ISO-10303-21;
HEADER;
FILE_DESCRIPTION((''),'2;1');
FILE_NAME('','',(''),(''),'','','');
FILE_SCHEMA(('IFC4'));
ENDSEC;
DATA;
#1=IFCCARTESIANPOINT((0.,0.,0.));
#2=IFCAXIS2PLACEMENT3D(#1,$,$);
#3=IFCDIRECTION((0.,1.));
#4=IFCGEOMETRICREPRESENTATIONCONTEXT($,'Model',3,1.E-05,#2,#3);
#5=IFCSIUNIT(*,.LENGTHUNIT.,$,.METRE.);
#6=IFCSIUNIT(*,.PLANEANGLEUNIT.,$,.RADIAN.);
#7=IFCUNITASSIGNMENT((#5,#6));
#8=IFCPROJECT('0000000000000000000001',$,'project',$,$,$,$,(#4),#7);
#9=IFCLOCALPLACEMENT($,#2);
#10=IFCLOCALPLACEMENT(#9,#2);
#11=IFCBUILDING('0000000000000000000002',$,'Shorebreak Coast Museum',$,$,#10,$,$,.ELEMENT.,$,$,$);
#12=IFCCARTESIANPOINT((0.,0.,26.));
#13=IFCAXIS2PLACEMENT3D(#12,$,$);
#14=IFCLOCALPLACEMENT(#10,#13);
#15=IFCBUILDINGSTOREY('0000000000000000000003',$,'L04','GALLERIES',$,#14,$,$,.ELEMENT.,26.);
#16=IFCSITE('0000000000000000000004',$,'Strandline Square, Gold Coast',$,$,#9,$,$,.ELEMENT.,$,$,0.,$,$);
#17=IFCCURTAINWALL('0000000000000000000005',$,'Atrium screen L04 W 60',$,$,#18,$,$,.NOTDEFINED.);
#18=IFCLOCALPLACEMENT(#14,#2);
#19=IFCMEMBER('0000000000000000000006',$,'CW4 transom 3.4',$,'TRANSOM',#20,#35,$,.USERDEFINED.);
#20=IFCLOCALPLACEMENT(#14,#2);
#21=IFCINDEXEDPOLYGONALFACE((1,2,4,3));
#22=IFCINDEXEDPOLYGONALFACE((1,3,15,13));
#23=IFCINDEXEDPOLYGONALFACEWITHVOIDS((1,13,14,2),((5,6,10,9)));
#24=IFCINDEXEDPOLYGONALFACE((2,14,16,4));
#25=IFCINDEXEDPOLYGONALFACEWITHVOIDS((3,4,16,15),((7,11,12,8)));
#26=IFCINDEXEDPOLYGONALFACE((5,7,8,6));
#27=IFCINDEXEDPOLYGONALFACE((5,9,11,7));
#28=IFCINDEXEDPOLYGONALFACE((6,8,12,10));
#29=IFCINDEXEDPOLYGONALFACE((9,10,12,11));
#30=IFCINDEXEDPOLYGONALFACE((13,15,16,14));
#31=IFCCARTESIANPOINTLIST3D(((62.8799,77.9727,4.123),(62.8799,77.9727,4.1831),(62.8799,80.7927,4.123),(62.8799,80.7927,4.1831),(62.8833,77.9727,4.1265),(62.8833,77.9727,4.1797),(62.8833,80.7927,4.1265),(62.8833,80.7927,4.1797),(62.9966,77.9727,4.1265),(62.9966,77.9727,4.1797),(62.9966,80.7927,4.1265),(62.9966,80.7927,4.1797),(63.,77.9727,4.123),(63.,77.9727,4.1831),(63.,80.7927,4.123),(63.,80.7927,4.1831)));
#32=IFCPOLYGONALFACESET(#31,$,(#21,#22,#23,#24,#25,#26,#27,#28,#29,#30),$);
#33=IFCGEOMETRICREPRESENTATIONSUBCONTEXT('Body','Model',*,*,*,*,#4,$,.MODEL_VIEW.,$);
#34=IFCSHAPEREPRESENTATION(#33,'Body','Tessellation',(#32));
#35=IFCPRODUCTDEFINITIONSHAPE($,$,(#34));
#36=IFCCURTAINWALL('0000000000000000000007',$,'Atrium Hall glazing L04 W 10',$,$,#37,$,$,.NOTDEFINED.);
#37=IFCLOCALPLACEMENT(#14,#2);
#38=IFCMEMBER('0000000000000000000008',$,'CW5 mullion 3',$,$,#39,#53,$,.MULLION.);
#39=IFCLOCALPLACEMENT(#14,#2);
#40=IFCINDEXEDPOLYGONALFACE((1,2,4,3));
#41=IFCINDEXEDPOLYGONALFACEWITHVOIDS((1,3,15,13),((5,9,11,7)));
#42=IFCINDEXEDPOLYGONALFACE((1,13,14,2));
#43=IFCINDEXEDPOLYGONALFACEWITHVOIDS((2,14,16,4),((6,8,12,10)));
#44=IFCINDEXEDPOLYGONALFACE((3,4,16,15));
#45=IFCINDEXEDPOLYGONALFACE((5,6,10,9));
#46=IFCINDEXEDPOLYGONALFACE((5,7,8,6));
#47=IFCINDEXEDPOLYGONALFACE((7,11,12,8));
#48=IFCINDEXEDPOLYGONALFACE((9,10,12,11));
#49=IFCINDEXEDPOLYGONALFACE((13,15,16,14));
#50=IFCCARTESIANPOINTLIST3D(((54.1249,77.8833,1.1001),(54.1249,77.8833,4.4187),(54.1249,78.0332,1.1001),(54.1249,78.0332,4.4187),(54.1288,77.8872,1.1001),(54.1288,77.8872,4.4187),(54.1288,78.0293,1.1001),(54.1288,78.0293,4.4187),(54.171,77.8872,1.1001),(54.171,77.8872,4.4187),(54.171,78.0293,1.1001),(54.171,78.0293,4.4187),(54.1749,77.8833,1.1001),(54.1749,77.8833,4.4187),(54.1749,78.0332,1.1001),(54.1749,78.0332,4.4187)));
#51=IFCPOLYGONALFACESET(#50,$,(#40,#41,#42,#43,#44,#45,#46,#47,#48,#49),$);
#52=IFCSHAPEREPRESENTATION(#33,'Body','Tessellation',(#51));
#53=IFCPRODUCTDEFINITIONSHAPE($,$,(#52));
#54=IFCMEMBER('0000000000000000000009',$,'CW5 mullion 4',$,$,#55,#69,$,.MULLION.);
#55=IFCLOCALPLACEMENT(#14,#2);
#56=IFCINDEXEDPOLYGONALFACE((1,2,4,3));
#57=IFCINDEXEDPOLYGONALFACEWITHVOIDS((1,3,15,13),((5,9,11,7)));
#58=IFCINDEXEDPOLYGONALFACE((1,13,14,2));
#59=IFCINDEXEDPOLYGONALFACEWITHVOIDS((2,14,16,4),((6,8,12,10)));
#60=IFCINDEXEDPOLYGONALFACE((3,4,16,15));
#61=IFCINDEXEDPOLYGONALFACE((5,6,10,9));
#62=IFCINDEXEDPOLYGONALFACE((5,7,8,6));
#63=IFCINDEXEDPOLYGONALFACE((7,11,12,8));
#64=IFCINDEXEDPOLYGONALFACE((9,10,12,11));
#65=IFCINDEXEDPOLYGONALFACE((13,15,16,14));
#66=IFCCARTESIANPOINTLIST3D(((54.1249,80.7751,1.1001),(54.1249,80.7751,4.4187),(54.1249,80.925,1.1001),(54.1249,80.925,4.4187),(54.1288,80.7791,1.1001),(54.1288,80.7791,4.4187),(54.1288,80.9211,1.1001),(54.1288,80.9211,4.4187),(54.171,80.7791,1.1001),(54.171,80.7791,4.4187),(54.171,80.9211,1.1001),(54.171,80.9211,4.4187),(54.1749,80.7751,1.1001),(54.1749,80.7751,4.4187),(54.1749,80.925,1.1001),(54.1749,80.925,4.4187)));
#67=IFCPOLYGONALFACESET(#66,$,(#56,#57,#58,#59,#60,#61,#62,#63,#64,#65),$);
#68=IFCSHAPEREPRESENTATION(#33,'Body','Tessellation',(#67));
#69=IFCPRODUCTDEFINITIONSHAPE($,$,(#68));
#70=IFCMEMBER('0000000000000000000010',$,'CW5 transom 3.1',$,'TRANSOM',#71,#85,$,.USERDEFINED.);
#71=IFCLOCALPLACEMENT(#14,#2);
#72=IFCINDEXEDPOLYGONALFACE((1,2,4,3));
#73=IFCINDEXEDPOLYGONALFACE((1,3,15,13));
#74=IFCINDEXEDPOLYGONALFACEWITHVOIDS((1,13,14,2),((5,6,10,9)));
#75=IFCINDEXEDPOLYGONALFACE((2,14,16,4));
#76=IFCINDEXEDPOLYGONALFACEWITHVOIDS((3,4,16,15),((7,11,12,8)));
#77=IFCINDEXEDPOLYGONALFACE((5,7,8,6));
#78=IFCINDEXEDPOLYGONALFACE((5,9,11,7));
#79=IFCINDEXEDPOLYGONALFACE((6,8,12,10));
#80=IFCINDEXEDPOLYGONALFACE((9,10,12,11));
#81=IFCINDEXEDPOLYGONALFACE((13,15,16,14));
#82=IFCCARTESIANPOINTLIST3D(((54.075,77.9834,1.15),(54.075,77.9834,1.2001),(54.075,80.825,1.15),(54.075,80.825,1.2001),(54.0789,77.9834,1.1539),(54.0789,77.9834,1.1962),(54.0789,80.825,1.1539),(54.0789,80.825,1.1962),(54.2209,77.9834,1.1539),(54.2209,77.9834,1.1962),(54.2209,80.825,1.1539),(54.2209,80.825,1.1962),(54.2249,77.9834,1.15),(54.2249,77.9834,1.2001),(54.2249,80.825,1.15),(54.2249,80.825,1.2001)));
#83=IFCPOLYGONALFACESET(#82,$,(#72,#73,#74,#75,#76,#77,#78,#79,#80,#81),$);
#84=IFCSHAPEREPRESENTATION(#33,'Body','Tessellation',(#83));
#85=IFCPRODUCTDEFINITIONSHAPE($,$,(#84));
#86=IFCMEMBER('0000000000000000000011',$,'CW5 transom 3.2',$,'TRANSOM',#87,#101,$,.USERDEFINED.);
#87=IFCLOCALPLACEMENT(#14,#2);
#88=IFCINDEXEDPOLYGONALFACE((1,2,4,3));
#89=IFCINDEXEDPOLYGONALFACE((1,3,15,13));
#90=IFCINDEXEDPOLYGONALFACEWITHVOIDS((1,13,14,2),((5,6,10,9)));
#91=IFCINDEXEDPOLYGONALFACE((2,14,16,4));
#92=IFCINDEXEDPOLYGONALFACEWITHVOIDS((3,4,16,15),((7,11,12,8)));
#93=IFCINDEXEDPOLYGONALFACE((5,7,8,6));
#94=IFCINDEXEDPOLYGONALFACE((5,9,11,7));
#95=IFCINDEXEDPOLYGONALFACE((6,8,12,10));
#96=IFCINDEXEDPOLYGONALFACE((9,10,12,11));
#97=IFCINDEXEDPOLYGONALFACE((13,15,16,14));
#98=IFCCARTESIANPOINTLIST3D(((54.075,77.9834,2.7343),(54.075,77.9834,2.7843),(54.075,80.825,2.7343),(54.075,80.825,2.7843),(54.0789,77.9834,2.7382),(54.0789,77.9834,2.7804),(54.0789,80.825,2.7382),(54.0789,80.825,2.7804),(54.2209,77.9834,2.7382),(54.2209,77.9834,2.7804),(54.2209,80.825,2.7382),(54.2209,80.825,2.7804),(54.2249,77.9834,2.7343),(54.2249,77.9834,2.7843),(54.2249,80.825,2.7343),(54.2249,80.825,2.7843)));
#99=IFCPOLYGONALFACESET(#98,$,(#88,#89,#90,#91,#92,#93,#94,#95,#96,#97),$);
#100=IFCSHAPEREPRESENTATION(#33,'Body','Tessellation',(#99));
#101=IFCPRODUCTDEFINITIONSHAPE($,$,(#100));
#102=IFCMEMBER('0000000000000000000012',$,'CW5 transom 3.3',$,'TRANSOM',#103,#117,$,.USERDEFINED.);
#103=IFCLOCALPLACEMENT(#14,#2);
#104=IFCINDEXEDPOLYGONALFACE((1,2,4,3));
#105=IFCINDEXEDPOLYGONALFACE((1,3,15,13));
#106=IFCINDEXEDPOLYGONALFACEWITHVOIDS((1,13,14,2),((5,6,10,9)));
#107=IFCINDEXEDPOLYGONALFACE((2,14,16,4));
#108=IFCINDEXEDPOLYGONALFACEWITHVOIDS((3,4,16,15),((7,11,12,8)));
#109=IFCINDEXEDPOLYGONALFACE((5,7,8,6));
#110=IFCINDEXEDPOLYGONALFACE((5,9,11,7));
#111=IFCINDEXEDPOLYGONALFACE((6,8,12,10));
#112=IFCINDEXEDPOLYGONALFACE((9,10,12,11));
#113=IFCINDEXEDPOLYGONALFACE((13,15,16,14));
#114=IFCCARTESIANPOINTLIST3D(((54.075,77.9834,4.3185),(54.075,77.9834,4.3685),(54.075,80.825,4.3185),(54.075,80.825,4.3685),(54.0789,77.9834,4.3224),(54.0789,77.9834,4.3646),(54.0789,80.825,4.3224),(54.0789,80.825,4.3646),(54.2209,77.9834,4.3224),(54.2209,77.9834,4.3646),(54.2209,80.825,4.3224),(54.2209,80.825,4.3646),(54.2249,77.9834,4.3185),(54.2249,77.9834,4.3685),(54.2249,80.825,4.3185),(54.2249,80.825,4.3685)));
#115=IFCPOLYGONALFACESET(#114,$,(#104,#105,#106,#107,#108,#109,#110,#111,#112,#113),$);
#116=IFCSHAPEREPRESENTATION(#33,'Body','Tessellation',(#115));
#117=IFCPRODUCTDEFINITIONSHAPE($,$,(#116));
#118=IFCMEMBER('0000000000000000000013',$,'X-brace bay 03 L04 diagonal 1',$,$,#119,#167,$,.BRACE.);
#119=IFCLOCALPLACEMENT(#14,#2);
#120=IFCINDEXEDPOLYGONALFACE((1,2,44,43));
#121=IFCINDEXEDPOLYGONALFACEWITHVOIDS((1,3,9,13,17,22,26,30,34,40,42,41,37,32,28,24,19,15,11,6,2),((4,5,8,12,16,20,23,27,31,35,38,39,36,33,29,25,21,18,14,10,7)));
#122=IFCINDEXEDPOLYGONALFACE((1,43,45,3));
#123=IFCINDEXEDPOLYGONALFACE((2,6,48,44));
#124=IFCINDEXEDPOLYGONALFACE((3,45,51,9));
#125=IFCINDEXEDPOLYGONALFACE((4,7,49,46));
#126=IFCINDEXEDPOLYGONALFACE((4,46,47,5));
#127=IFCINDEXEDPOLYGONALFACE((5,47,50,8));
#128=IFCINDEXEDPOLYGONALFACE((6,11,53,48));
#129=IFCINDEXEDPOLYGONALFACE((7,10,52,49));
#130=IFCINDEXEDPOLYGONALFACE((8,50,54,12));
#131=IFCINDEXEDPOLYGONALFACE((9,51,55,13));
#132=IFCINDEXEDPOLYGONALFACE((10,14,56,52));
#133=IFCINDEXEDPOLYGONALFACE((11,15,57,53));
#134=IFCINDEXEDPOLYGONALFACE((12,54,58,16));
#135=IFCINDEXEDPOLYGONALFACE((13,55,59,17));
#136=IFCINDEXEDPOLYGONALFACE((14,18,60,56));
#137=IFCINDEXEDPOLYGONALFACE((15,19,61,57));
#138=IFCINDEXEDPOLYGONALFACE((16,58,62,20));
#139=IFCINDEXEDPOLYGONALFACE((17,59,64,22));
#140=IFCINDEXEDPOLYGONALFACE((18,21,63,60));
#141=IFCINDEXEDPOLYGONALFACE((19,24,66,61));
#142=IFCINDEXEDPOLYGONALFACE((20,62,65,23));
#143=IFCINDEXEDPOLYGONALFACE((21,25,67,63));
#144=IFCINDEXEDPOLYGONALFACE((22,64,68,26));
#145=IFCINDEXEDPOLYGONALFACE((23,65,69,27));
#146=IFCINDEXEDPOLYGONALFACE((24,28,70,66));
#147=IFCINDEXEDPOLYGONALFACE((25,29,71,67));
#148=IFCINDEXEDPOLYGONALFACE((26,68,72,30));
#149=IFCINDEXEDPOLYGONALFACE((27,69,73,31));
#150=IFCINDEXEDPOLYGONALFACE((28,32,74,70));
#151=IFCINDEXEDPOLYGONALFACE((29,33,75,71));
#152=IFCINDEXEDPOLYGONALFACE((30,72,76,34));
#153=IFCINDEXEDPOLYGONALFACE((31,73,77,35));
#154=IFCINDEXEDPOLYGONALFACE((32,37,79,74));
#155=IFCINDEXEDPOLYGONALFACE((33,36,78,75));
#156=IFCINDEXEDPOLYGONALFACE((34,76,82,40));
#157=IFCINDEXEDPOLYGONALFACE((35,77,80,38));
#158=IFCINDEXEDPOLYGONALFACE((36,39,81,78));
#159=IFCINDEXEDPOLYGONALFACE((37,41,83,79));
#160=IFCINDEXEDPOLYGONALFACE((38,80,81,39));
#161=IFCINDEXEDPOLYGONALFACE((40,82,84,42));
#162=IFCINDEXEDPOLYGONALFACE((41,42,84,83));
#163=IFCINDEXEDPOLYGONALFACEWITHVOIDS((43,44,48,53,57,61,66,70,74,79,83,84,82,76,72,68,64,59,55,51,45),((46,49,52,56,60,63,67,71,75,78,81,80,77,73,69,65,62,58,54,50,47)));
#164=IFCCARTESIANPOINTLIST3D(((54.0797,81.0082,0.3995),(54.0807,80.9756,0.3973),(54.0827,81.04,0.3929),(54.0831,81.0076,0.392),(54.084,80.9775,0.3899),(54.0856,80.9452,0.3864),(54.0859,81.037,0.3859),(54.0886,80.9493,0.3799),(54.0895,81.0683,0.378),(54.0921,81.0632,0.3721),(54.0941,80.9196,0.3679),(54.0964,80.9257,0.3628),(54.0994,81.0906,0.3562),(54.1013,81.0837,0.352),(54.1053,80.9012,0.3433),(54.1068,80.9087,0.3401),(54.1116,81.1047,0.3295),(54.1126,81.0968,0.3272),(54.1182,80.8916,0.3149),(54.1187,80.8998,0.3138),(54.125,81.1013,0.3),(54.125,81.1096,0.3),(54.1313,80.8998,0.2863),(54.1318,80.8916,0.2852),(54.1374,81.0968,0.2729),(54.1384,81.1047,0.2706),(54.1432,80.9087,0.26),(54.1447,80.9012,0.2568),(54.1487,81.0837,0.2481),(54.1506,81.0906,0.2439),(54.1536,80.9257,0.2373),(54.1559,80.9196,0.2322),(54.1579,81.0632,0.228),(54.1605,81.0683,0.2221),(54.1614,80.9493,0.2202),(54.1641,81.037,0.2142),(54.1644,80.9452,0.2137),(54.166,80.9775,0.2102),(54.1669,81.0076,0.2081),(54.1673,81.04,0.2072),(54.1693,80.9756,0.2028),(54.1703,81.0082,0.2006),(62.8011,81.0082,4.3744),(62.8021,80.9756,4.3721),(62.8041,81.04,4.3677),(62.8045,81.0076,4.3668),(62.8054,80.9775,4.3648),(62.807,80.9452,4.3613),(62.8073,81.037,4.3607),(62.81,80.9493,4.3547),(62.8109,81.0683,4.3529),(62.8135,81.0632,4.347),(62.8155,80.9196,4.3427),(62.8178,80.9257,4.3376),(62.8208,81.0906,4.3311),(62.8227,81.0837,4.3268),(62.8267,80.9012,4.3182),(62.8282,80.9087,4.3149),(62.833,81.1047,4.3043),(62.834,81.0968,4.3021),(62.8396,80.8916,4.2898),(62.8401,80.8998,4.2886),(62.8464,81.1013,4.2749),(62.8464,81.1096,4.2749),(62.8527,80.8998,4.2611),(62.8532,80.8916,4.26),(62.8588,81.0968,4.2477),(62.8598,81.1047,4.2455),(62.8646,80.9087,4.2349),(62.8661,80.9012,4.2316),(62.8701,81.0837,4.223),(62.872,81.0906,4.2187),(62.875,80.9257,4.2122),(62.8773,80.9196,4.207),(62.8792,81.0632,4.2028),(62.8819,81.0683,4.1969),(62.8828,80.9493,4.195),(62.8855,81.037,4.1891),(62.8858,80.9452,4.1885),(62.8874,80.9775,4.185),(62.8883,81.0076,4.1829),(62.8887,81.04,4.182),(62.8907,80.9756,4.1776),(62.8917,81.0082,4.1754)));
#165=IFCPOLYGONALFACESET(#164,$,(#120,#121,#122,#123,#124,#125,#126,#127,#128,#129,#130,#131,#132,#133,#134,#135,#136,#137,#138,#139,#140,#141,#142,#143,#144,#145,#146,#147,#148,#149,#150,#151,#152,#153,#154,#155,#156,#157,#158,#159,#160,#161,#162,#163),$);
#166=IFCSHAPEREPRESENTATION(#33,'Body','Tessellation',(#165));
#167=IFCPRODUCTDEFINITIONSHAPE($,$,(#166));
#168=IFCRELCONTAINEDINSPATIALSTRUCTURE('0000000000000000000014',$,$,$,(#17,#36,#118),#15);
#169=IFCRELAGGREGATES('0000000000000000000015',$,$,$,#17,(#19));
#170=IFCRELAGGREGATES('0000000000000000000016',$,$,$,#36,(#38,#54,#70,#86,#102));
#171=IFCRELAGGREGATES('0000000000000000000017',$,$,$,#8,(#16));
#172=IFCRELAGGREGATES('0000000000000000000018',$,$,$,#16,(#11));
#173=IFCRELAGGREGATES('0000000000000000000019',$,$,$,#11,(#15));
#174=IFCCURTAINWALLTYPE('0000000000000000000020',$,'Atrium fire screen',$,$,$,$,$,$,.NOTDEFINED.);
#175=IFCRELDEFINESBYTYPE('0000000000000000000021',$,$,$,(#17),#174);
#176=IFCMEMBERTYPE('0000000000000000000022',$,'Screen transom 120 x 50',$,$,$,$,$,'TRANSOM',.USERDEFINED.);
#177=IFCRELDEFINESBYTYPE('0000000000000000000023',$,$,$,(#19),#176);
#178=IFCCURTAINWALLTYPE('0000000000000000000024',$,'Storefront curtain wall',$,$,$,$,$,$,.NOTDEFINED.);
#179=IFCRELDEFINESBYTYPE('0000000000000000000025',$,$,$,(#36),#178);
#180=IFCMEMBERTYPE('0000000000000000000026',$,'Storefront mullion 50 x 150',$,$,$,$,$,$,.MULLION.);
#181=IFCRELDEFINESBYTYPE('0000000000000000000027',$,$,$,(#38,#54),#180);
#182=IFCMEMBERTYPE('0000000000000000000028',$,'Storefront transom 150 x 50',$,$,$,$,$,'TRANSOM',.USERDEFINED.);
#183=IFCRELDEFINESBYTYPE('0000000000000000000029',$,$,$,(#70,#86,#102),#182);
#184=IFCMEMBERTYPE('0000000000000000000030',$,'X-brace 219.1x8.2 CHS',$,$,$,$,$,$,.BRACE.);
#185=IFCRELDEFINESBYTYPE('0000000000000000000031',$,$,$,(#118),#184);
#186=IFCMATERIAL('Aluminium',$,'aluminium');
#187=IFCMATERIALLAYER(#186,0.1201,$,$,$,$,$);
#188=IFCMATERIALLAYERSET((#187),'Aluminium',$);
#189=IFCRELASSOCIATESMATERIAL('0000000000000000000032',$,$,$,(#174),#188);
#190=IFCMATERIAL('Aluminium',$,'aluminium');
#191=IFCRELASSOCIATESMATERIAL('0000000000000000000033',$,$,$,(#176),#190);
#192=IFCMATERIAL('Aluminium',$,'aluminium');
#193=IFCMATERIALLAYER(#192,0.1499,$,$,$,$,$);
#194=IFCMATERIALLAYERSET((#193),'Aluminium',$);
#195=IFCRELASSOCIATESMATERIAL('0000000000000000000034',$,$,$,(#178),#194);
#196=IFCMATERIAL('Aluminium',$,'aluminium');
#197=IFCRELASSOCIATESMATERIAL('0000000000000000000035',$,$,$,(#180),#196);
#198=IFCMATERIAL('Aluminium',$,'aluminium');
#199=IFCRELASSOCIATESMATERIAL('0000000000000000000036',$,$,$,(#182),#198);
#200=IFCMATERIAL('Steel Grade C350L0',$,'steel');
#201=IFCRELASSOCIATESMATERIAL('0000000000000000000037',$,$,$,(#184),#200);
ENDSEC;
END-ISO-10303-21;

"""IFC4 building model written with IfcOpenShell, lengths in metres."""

from ifc_helpers import new_model, si_unit, direction, frame, origin, origin_2d, place, context, subcontext, project, spatial, hollow_rectangle, hollow_circle, extrude, material, layer, layer_set, material_profile, profile_set, type_object, element, aggregate, save


model = new_model("IFC4")

# Units and contexts
model_context = context("Model", 3, precision=1e-05, world=origin(), true_north=direction((0.0, 1.0)))
body_context = subcontext(model_context, "Body", "Model", "MODEL_VIEW")
ifc_project = project(units=[si_unit("LENGTHUNIT", "METRE"), si_unit("PLANEANGLEUNIT", "RADIAN")], contexts=[model_context])

# Site, building, storey
site_placement = place(None, origin())
site = spatial("IfcSite", under=ifc_project, at=site_placement, Name="Strandline Square, Gold Coast", CompositionType="ELEMENT", RefElevation=0.0)
building_placement = place(site_placement, origin())
building = spatial("IfcBuilding", under=site, at=building_placement, Name="Shorebreak Coast Museum", CompositionType="ELEMENT")
storey_placement = place(building_placement, frame((0.0, 0.0, 26.0)))
storey = spatial("IfcBuildingStorey", under=building, at=storey_placement, Name="L04", Description="GALLERIES", CompositionType="ELEMENT", Elevation=26.0)

# Curtain walls, members
ifc_material_1 = material(Name="Aluminium", Category="aluminium")
ifc_layer_1 = layer(ifc_material_1, 0.1201)
ifc_layer_set_1 = layer_set([ifc_layer_1], Name="Aluminium")
curtain_wall_type_1 = type_object("IfcCurtainWallType", Name="Atrium fire screen", PredefinedType="NOTDEFINED", material=ifc_layer_set_1)
curtain_wall_1_placement = place(storey_placement, origin())
curtain_wall_1 = element("IfcCurtainWall", 1, at=curtain_wall_1_placement, inside=storey, type_object=curtain_wall_type_1, Name="Atrium screen L04 W 60", PredefinedType="NOTDEFINED")
ifc_material_2 = material(Name="Aluminium", Category="aluminium")
ifc_material_profile_1 = material_profile(ifc_material_2, hollow_rectangle(XDim=0.1201, YDim=0.0601, WallThickness=0.0034, at=origin_2d()), Name="AL 60x120 RHS")
ifc_profile_set_1 = profile_set([ifc_material_profile_1], Name="Aluminium")
member_type_1 = type_object("IfcMemberType", Name="Screen transom 120 x 50", ElementType="TRANSOM", PredefinedType="USERDEFINED", material=ifc_profile_set_1)
member_1_placement = place(storey_placement, frame((62.9399, 77.9727, 4.1531), z_axis=(0.0, 1.0, 0.0), x_axis=(-1.0, 0.0, 0.0)))
member_1 = element("IfcMember", 2, at=member_1_placement, type_object=member_type_1, Name="CW4 transom 3.4", ObjectType="TRANSOM", PredefinedType="USERDEFINED", context=body_context, shape_type="SweptSolid", body=[
    extrude(hollow_rectangle(XDim=0.1201, YDim=0.0601, WallThickness=0.0034, at=origin_2d()), origin(), (0.0, 0.0, 1.0), 2.8201),
])
ifc_material_3 = material(Name="Aluminium", Category="aluminium")
ifc_layer_2 = layer(ifc_material_3, 0.1499)
ifc_layer_set_2 = layer_set([ifc_layer_2], Name="Aluminium")
curtain_wall_type_2 = type_object("IfcCurtainWallType", Name="Storefront curtain wall", PredefinedType="NOTDEFINED", material=ifc_layer_set_2)
curtain_wall_2_placement = place(storey_placement, origin())
curtain_wall_2 = element("IfcCurtainWall", 3, at=curtain_wall_2_placement, inside=storey, type_object=curtain_wall_type_2, Name="Atrium Hall glazing L04 W 10", PredefinedType="NOTDEFINED")
ifc_material_4 = material(Name="Aluminium", Category="aluminium")
ifc_material_profile_2 = material_profile(ifc_material_4, hollow_rectangle(XDim=0.05, YDim=0.1499, WallThickness=0.0039, at=origin_2d()), Name="AL 150x50 RHS")
ifc_profile_set_2 = profile_set([ifc_material_profile_2], Name="Aluminium")
member_type_2 = type_object("IfcMemberType", Name="Storefront mullion 50 x 150", PredefinedType="MULLION", material=ifc_profile_set_2)
member_2_placement = place(storey_placement, frame((54.1499, 77.9583, 1.1001), z_axis=(0.0, 0.0, 1.0), x_axis=(-1.0, 0.0, 0.0)))
member_2 = element("IfcMember", 4, at=member_2_placement, type_object=member_type_2, Name="CW5 mullion 3", PredefinedType="MULLION", context=body_context, shape_type="SweptSolid", body=[
    extrude(hollow_rectangle(XDim=0.05, YDim=0.1499, WallThickness=0.0039, at=origin_2d()), origin(), (0.0, 0.0, 1.0), 3.3186),
])
member_3_placement = place(storey_placement, frame((54.1499, 80.8501, 1.1001), z_axis=(0.0, 0.0, 1.0), x_axis=(-1.0, 0.0, 0.0)))
member_3 = element("IfcMember", 5, at=member_3_placement, type_object=member_type_2, Name="CW5 mullion 4", PredefinedType="MULLION", context=body_context, shape_type="SweptSolid", body=[
    extrude(hollow_rectangle(XDim=0.05, YDim=0.1499, WallThickness=0.0039, at=origin_2d()), origin(), (0.0, 0.0, 1.0), 3.3186),
])
ifc_material_5 = material(Name="Aluminium", Category="aluminium")
ifc_material_profile_3 = material_profile(ifc_material_5, hollow_rectangle(XDim=0.1499, YDim=0.05, WallThickness=0.0039, at=origin_2d()), Name="AL 50x150 RHS")
ifc_profile_set_3 = profile_set([ifc_material_profile_3], Name="Aluminium")
member_type_3 = type_object("IfcMemberType", Name="Storefront transom 150 x 50", ElementType="TRANSOM", PredefinedType="USERDEFINED", material=ifc_profile_set_3)
member_4_placement = place(storey_placement, frame((54.1499, 77.9834, 1.175), z_axis=(0.0, 1.0, 0.0), x_axis=(-1.0, 0.0, 0.0)))
member_4 = element("IfcMember", 6, at=member_4_placement, type_object=member_type_3, Name="CW5 transom 3.1", ObjectType="TRANSOM", PredefinedType="USERDEFINED", context=body_context, shape_type="SweptSolid", body=[
    extrude(hollow_rectangle(XDim=0.1499, YDim=0.05, WallThickness=0.0039, at=origin_2d()), origin(), (0.0, 0.0, 1.0), 2.8416),
])
member_5_placement = place(storey_placement, frame((54.1499, 77.9834, 2.7593), z_axis=(0.0, 1.0, 0.0), x_axis=(-1.0, 0.0, 0.0)))
member_5 = element("IfcMember", 7, at=member_5_placement, type_object=member_type_3, Name="CW5 transom 3.2", ObjectType="TRANSOM", PredefinedType="USERDEFINED", context=body_context, shape_type="SweptSolid", body=[
    extrude(hollow_rectangle(XDim=0.1499, YDim=0.05, WallThickness=0.0039, at=origin_2d()), origin(), (0.0, 0.0, 1.0), 2.8416),
])
member_6_placement = place(storey_placement, frame((54.1499, 77.9834, 4.3435), z_axis=(0.0, 1.0, 0.0), x_axis=(-1.0, 0.0, 0.0)))
member_6 = element("IfcMember", 8, at=member_6_placement, type_object=member_type_3, Name="CW5 transom 3.3", ObjectType="TRANSOM", PredefinedType="USERDEFINED", context=body_context, shape_type="SweptSolid", body=[
    extrude(hollow_rectangle(XDim=0.1499, YDim=0.05, WallThickness=0.0039, at=origin_2d()), origin(), (0.0, 0.0, 1.0), 2.8416),
])

# Member
ifc_material_6 = material(Name="Steel Grade C350L0", Category="steel")
ifc_material_profile_4 = material_profile(ifc_material_6, hollow_circle(Radius=0.1096, WallThickness=0.0083, at=origin_2d()), Name="219.1x8.2 CHS")
ifc_profile_set_4 = profile_set([ifc_material_profile_4], Name="Steel Grade C350L0")
member_type_4 = type_object("IfcMemberType", Name="X-brace 219.1x8.2 CHS", PredefinedType="BRACE", material=ifc_profile_set_4)
member_7_placement = place(storey_placement, frame((54.125, 81.0, 0.3), z_axis=(0.909951, 0.0, 0.414716), x_axis=(0.0, 1.0, 0.0)))
element("IfcMember", 9, at=member_7_placement, inside=storey, type_object=member_type_4, Name="X-brace bay 03 L04 diagonal 1", PredefinedType="BRACE", context=body_context, shape_type="SweptSolid", body=[
    extrude(hollow_circle(Radius=0.1096, WallThickness=0.0083, at=origin_2d()), origin(), (0.0, 0.0, 1.0), 9.5845),
])

aggregate(curtain_wall_1, [member_1])
aggregate(curtain_wall_2, [member_2, member_3, member_4, member_5, member_6])

save(model, "model.ifc")
